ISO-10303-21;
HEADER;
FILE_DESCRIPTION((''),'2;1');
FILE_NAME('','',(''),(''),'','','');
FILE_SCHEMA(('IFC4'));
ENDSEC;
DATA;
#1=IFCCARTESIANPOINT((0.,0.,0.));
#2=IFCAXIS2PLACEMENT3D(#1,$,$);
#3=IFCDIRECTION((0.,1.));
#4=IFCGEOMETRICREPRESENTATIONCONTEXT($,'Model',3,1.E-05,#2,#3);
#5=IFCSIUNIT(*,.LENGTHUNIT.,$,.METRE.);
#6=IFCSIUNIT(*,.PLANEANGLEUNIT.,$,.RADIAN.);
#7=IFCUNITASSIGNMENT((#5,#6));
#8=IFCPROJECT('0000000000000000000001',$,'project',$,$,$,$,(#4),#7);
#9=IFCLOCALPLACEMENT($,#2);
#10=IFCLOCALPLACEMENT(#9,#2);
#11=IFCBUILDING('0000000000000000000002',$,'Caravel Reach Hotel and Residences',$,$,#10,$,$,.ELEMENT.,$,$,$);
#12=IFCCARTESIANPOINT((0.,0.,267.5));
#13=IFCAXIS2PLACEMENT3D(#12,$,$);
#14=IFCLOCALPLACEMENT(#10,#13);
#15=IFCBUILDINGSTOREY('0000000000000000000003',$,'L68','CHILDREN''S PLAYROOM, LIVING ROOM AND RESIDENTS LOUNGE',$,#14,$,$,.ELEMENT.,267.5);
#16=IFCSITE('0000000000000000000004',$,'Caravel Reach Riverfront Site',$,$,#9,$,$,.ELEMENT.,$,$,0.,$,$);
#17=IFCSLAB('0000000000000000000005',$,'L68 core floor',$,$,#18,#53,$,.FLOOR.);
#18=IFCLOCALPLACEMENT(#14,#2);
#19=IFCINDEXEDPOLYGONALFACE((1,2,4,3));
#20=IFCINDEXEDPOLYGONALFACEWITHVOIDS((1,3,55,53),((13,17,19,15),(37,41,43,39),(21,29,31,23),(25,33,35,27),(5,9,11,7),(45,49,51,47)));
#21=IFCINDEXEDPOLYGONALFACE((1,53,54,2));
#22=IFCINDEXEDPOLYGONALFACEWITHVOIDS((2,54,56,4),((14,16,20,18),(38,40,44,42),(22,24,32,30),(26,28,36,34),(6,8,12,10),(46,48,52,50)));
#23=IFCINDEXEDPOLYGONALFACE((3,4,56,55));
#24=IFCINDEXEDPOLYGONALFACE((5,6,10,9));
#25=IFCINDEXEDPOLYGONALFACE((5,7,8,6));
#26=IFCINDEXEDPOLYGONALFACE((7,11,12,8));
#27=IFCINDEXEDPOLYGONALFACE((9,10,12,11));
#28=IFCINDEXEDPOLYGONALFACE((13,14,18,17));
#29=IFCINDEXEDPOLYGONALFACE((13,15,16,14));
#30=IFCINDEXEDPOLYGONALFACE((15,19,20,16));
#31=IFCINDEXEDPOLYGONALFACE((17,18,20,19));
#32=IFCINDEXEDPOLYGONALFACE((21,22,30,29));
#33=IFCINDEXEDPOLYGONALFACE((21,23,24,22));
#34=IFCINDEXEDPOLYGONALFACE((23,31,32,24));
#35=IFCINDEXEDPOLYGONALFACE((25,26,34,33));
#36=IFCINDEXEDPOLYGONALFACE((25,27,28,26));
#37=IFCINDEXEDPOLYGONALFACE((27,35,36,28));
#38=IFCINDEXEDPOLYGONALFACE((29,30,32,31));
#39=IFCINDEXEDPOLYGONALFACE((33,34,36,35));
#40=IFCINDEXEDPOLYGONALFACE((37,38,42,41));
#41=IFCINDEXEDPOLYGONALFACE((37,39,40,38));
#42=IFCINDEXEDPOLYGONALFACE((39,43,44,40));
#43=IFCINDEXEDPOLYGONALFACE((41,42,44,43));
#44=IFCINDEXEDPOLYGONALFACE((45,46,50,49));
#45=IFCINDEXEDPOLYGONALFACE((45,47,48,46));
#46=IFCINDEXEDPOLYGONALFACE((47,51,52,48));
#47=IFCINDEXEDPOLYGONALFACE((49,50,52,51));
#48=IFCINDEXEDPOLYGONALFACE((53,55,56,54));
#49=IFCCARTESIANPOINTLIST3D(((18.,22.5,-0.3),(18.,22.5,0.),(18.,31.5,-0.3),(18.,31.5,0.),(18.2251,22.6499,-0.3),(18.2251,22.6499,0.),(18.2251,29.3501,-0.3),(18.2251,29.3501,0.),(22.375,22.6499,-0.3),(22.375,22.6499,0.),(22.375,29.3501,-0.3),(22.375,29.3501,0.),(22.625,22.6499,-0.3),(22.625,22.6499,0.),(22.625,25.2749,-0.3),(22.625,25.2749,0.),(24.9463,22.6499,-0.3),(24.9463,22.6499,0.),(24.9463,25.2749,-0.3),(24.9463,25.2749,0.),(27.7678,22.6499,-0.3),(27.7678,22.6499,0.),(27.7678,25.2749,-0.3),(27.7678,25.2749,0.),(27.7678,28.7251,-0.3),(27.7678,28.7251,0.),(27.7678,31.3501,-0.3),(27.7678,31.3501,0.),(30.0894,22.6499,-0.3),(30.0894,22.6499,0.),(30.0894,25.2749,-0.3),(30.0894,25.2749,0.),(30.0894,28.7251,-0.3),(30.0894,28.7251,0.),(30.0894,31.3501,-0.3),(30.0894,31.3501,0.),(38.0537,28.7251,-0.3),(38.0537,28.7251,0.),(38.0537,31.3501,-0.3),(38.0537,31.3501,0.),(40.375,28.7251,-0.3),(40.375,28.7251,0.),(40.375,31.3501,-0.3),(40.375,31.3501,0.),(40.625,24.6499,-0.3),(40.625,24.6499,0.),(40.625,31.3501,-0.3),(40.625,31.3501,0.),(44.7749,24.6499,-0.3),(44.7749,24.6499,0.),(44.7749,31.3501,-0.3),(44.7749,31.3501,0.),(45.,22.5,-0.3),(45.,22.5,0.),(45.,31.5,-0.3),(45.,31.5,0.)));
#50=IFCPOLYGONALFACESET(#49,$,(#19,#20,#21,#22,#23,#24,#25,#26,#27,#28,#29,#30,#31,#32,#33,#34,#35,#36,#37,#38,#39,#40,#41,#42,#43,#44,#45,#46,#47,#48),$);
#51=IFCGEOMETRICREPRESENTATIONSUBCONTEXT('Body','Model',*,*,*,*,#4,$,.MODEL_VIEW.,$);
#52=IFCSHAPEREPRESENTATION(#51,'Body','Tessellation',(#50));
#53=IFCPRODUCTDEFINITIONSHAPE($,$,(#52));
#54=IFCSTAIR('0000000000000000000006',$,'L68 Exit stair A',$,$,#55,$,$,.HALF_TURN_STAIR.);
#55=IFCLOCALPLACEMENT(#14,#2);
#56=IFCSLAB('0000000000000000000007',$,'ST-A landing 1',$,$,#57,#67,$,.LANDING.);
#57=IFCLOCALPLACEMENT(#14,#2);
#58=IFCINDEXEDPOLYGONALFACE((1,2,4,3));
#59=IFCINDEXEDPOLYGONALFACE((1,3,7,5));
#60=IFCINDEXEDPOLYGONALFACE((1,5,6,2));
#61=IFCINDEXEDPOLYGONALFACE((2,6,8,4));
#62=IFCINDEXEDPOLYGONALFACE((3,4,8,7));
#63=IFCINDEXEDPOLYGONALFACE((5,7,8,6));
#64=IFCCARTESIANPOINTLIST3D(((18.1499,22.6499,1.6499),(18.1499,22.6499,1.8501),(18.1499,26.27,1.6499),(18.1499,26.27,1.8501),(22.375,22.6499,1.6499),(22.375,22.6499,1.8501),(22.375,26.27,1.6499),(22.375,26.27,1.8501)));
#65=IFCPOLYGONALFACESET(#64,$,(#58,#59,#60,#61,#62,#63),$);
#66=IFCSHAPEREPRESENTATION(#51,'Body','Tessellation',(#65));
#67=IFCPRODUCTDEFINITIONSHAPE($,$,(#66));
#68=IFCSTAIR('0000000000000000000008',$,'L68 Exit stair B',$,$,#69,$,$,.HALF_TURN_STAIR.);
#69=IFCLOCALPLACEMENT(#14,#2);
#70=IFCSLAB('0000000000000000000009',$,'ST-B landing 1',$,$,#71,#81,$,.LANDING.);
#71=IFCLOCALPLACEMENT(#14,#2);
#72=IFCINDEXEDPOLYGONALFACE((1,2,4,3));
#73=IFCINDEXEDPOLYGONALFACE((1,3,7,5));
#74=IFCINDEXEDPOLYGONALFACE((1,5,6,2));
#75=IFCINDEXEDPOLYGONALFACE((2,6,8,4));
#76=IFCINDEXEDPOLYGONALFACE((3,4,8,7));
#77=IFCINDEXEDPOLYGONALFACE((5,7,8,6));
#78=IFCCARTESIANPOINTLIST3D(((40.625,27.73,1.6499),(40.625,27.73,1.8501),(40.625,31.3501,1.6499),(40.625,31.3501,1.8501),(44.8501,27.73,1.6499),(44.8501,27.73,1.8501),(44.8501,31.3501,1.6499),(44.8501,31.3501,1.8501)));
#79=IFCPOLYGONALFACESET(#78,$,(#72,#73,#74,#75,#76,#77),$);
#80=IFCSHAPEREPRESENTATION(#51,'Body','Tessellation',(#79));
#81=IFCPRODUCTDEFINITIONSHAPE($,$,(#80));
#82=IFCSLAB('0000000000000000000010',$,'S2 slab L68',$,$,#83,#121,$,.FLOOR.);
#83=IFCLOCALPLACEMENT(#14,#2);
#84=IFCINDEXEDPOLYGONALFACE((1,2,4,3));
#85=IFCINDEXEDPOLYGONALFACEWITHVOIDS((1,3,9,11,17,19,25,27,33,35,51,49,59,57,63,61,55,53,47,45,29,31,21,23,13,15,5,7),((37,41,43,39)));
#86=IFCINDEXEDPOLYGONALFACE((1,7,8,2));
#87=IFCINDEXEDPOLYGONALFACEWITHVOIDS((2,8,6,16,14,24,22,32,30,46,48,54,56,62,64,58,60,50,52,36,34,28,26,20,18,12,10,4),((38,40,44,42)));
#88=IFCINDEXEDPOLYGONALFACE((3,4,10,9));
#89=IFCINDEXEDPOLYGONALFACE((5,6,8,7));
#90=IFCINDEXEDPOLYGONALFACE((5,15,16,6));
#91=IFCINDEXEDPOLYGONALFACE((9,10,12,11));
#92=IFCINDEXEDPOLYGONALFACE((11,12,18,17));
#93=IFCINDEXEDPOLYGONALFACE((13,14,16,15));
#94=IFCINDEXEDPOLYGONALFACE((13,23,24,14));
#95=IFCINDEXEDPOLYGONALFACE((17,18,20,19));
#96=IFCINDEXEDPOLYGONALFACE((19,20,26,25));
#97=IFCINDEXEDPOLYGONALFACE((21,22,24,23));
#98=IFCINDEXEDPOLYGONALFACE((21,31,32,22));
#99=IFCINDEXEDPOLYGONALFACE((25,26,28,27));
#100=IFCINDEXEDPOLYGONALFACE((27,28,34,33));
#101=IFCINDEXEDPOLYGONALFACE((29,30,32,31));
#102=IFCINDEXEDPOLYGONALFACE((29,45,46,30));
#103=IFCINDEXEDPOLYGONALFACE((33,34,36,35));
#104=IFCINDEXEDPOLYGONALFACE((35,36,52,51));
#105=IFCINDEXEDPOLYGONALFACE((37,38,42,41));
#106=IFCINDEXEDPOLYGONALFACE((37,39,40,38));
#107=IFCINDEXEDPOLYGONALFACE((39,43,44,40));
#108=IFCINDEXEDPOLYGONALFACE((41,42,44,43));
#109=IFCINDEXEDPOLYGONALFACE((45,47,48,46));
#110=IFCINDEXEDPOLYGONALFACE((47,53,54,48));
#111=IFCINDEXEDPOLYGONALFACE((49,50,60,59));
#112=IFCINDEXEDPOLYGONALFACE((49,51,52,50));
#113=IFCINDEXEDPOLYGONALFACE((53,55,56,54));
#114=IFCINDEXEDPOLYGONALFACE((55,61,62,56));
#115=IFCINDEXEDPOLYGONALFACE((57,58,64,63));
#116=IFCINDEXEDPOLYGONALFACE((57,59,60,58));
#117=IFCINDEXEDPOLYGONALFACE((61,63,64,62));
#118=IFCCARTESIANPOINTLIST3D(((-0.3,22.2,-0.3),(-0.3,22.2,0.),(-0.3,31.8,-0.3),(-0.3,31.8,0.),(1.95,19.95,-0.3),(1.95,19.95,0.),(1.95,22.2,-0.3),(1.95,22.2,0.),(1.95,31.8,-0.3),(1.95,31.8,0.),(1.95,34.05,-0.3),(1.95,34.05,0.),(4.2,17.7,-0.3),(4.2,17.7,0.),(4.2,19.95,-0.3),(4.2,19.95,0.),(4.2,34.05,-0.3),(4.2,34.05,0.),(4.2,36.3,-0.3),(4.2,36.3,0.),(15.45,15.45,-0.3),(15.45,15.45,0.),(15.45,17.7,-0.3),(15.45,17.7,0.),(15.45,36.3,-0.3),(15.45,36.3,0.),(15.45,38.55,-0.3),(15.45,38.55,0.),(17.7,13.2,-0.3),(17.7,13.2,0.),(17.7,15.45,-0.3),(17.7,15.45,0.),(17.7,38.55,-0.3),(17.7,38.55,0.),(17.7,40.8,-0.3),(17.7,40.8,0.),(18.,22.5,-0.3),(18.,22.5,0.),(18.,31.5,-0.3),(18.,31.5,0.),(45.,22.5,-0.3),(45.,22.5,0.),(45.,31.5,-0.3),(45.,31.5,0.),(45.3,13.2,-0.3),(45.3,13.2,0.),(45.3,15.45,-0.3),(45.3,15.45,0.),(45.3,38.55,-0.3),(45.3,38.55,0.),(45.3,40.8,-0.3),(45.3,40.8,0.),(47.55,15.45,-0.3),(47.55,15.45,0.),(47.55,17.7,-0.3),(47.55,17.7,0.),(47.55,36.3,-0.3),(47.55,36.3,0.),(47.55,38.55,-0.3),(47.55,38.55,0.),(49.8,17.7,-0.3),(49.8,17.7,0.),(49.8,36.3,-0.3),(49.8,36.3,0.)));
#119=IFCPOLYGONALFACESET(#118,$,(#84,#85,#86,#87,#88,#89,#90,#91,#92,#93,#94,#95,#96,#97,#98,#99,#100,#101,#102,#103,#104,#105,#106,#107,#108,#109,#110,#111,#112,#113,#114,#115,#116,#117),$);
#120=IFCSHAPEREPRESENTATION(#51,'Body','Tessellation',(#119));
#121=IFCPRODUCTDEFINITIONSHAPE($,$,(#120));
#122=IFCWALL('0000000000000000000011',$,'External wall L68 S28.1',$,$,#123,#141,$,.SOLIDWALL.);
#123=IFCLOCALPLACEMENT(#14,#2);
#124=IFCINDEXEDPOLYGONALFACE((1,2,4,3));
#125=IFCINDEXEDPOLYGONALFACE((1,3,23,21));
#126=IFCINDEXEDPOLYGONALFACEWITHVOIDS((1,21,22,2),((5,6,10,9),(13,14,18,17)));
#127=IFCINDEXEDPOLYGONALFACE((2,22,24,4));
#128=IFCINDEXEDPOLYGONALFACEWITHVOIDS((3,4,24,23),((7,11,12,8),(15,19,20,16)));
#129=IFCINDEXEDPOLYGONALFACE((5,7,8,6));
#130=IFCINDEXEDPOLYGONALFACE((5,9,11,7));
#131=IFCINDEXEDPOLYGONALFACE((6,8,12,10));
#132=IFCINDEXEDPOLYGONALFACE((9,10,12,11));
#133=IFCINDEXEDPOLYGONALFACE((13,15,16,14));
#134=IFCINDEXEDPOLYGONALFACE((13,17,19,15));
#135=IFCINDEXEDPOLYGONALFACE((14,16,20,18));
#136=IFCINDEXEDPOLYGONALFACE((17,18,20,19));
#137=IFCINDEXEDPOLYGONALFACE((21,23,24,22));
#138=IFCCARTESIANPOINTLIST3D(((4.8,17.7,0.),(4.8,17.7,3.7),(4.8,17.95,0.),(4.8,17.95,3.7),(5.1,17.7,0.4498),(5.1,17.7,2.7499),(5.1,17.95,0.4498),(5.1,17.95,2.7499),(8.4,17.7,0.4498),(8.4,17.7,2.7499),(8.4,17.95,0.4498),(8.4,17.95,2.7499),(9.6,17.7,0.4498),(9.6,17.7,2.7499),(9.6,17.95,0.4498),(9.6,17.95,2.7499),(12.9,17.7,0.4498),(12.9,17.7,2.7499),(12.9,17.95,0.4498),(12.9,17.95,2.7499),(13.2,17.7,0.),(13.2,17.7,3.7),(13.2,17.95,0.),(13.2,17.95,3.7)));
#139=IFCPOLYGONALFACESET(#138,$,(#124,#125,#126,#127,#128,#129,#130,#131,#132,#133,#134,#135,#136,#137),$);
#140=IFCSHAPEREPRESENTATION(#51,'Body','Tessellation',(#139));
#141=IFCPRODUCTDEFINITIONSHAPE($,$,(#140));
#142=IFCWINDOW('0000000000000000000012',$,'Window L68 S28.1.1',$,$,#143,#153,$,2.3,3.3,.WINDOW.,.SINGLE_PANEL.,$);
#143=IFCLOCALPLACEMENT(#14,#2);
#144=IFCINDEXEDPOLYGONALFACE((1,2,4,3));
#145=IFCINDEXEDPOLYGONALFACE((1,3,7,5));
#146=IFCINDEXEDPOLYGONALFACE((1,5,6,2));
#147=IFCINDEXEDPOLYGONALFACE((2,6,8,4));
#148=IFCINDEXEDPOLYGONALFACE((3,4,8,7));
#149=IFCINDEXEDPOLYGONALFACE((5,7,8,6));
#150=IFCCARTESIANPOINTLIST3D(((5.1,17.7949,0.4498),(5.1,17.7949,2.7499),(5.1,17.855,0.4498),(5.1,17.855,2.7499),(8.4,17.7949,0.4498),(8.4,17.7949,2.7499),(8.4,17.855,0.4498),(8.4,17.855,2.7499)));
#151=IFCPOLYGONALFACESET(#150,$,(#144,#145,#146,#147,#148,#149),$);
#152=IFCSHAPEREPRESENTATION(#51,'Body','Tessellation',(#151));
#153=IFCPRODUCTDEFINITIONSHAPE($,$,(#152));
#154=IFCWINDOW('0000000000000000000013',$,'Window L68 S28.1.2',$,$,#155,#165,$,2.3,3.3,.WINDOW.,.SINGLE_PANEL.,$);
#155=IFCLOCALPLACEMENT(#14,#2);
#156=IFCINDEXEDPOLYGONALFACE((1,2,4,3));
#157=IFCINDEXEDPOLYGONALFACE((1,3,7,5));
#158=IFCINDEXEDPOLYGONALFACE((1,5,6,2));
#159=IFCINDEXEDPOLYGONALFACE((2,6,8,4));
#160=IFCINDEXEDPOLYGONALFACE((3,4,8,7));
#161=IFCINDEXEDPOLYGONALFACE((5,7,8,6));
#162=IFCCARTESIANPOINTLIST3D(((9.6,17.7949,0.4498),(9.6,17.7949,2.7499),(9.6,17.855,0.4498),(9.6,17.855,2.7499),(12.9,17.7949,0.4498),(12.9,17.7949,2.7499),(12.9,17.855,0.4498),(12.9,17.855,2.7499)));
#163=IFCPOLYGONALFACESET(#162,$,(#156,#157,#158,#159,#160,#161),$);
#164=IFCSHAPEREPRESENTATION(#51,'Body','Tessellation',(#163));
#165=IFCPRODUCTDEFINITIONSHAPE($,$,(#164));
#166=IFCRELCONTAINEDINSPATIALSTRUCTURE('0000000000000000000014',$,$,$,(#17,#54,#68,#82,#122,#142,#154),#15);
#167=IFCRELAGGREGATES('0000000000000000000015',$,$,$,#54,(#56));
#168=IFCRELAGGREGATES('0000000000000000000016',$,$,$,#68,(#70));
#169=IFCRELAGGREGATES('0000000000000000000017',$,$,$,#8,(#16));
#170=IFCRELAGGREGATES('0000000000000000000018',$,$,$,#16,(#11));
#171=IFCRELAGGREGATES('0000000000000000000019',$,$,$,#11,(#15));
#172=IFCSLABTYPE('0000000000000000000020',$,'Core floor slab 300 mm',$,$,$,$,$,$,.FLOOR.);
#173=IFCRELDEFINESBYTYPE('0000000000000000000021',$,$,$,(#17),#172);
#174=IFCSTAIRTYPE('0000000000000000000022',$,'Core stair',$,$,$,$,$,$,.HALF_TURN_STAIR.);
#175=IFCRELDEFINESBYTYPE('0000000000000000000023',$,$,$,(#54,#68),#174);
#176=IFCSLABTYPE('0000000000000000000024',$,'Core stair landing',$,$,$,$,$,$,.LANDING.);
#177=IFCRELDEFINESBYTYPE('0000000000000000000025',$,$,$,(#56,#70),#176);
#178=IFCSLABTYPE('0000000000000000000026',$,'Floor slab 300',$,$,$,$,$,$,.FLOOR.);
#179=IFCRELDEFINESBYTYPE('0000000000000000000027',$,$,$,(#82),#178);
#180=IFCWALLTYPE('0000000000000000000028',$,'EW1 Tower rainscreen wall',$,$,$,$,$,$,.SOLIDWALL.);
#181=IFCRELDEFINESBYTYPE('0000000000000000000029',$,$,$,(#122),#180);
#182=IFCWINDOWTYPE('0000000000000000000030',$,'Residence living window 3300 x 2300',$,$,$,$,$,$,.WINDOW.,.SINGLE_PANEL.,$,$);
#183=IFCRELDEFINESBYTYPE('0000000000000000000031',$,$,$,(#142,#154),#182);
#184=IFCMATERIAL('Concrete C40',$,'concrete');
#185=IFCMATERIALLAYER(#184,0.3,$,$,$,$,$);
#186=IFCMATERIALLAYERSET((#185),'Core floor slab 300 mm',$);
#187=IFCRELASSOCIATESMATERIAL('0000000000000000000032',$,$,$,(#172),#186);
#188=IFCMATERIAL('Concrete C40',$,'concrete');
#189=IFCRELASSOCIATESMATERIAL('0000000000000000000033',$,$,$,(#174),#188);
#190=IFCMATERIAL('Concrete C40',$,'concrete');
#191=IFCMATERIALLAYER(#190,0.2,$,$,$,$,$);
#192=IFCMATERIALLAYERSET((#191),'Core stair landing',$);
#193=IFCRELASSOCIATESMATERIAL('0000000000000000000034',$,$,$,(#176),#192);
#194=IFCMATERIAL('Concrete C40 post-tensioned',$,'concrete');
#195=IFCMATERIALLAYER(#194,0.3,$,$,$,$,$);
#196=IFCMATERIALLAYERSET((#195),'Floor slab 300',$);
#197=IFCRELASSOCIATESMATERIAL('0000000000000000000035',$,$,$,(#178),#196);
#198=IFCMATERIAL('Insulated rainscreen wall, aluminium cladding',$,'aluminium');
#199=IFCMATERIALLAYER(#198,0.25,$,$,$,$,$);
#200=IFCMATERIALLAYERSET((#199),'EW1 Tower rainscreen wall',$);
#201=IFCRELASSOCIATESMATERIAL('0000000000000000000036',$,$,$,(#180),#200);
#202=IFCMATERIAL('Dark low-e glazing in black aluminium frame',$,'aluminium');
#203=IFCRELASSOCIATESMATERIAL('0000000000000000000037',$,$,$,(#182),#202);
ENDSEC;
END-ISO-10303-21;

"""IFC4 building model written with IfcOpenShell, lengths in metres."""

from ifc_helpers import new_model, si_unit, direction, frame, frame_2d, origin, place, context, subcontext, project, spatial, polyline, rectangle, outline, extrude, material, layer, layer_set, type_object, element, fill, aggregate, save


model = new_model("IFC4")

# Units and contexts
model_context = context("Model", 3, precision=1e-05, world=origin(), true_north=direction((0.0, 1.0)))
body_context = subcontext(model_context, "Body", "Model", "MODEL_VIEW")
ifc_project = project(units=[si_unit("LENGTHUNIT", "METRE"), si_unit("PLANEANGLEUNIT", "RADIAN")], contexts=[model_context])

# Site, building, storey
site_placement = place(None, origin())
site = spatial("IfcSite", under=ifc_project, at=site_placement, Name="Caravel Reach Riverfront Site", CompositionType="ELEMENT", RefElevation=0.0)
building_placement = place(site_placement, origin())
building = spatial("IfcBuilding", under=site, at=building_placement, Name="Caravel Reach Hotel and Residences", CompositionType="ELEMENT")
storey_placement = place(building_placement, frame((0.0, 0.0, 267.5)))
storey = spatial("IfcBuildingStorey", under=building, at=storey_placement, Name="L68", Description="CHILDREN'S PLAYROOM, LIVING ROOM AND RESIDENTS LOUNGE", CompositionType="ELEMENT", Elevation=267.5)

# Slab
ifc_material_1 = material(Name="Concrete C40", Category="concrete")
ifc_layer_1 = layer(ifc_material_1, 0.3)
ifc_layer_set_1 = layer_set([ifc_layer_1], Name="Core floor slab 300 mm")
slab_type_1 = type_object("IfcSlabType", Name="Core floor slab 300 mm", PredefinedType="FLOOR", material=ifc_layer_set_1)
slab_1_placement = place(storey_placement, frame((0.0, 0.0, -0.3)))
element("IfcSlab", 1, at=slab_1_placement, inside=storey, type_object=slab_type_1, Name="L68 core floor", PredefinedType="FLOOR", context=body_context, shape_type="SweptSolid", body=[
    extrude(outline(polyline([(18.0, 31.5), (45.0, 31.5), (45.0, 22.5), (18.0, 22.5), (18.0, 31.5)]), holes=[polyline([(22.625, 22.6499), (24.9463, 22.6499), (24.9463, 25.2749), (22.625, 25.2749), (22.625, 22.6499)]), polyline([(27.7678, 25.2749), (27.7678, 22.6499), (30.0894, 22.6499), (30.0894, 25.2749), (27.7678, 25.2749)]), polyline([(22.375, 22.6499), (22.375, 29.3501), (18.2251, 29.3501), (18.2251, 22.6499), (22.375, 22.6499)]), polyline([(40.625, 24.6499), (44.7749, 24.6499), (44.7749, 31.3501), (40.625, 31.3501), (40.625, 24.6499)]), polyline([(27.7678, 31.3501), (27.7678, 28.7251), (30.0894, 28.7251), (30.0894, 31.3501), (27.7678, 31.3501)]), polyline([(38.0537, 31.3501), (38.0537, 28.7251), (40.375, 28.7251), (40.375, 31.3501), (38.0537, 31.3501)])]), origin(), (0.0, 0.0, 1.0), 0.3),
])

# Stairs, slabs
ifc_material_2 = material(Name="Concrete C40", Category="concrete")
stair_type = type_object("IfcStairType", Name="Core stair", PredefinedType="HALF_TURN_STAIR", material=ifc_material_2)
stair_1_placement = place(storey_placement, origin())
stair_1 = element("IfcStair", 2, at=stair_1_placement, inside=storey, type_object=stair_type, Name="L68 Exit stair A", PredefinedType="HALF_TURN_STAIR")
ifc_material_3 = material(Name="Concrete C40", Category="concrete")
ifc_layer_2 = layer(ifc_material_3, 0.2)
ifc_layer_set_2 = layer_set([ifc_layer_2], Name="Core stair landing")
slab_type_2 = type_object("IfcSlabType", Name="Core stair landing", PredefinedType="LANDING", material=ifc_layer_set_2)
slab_2_placement = place(storey_placement, frame((0.0, 0.0, 1.6499)))
slab_2 = element("IfcSlab", 3, at=slab_2_placement, type_object=slab_type_2, Name="ST-A landing 1", PredefinedType="LANDING", context=body_context, shape_type="SweptSolid", body=[
    extrude(outline(polyline([(18.1499, 26.27), (18.1499, 22.6499), (22.375, 22.6499), (22.375, 26.27), (18.1499, 26.27)])), origin(), (0.0, 0.0, 1.0), 0.2002),
])
aggregate(stair_1, [slab_2])
stair_2_placement = place(storey_placement, origin())
stair_2 = element("IfcStair", 4, at=stair_2_placement, inside=storey, type_object=stair_type, Name="L68 Exit stair B", PredefinedType="HALF_TURN_STAIR")
slab_3_placement = place(storey_placement, frame((0.0, 0.0, 1.6499)))
slab_3 = element("IfcSlab", 5, at=slab_3_placement, type_object=slab_type_2, Name="ST-B landing 1", PredefinedType="LANDING", context=body_context, shape_type="SweptSolid", body=[
    extrude(outline(polyline([(44.8501, 27.73), (44.8501, 31.3501), (40.625, 31.3501), (40.625, 27.73), (44.8501, 27.73)])), origin(), (0.0, 0.0, 1.0), 0.2002),
])
aggregate(stair_2, [slab_3])

# Slab
ifc_material_4 = material(Name="Concrete C40 post-tensioned", Category="concrete")
ifc_layer_3 = layer(ifc_material_4, 0.3)
ifc_layer_set_3 = layer_set([ifc_layer_3], Name="Floor slab 300")
slab_type_3 = type_object("IfcSlabType", Name="Floor slab 300", PredefinedType="FLOOR", material=ifc_layer_set_3)
slab_4_placement = place(storey_placement, frame((0.0, 0.0, -0.3)))
element("IfcSlab", 6, at=slab_4_placement, inside=storey, type_object=slab_type_3, Name="S2 slab L68", PredefinedType="FLOOR", context=body_context, shape_type="SweptSolid", body=[
    extrude(outline(polyline([(4.2, 19.95), (1.95, 19.95), (1.95, 22.2), (-0.3, 22.2), (-0.3, 31.8), (1.95, 31.8), (1.95, 34.05), (4.2, 34.05), (4.2, 36.3), (15.45, 36.3), (15.45, 38.55), (17.7, 38.55), (17.7, 40.8), (45.3, 40.8), (45.3, 38.55), (47.55, 38.55), (47.55, 36.3), (49.8, 36.3), (49.8, 17.7), (47.55, 17.7), (47.55, 15.45), (45.3, 15.45), (45.3, 13.2), (17.7, 13.2), (17.7, 15.45), (15.45, 15.45), (15.45, 17.7), (4.2, 17.7), (4.2, 19.95)]), holes=[polyline([(45.0, 31.5), (18.0, 31.5), (18.0, 22.5), (45.0, 22.5), (45.0, 31.5)])]), origin(), (0.0, 0.0, 1.0), 0.3),
])

# Wall, openings, windows
ifc_material_5 = material(Name="Insulated rainscreen wall, aluminium cladding", Category="aluminium")
ifc_layer_4 = layer(ifc_material_5, 0.25)
ifc_layer_set_4 = layer_set([ifc_layer_4], Name="EW1 Tower rainscreen wall")
wall_type_1 = type_object("IfcWallType", Name="EW1 Tower rainscreen wall", PredefinedType="SOLIDWALL", material=ifc_layer_set_4)
wall_1_placement = place(storey_placement, frame((4.8, 17.825, 0.0), z_axis=(0.0, 0.0, 1.0), x_axis=(1.0, 0.0, 0.0)))
wall_1 = element("IfcWall", 7, at=wall_1_placement, inside=storey, type_object=wall_type_1, Name="External wall L68 S28.1", PredefinedType="SOLIDWALL", context=body_context, shape_type="SweptSolid", body=[
    extrude(rectangle(XDim=8.3999, YDim=0.25, at=frame_2d((4.2, 0.0))), origin(), (0.0, 0.0, 1.0), 3.7),
])
opening_1_placement = place(wall_1_placement, frame((0.3, 0.0, 0.45)))
opening_1 = element("IfcOpeningElement", 8, at=opening_1_placement, cuts=wall_1, PredefinedType="OPENING", context=body_context, shape_type="SweptSolid", body=[
    extrude(rectangle(XDim=3.3, YDim=2.3, at=frame_2d((1.6499, 1.1499))), frame((0.0, 0.135, 0.0), z_axis=(0.0, -1.0, 0.0), x_axis=(1.0, 0.0, 0.0)), (0.0, 0.0, 1.0), 0.27),
])
opening_2_placement = place(wall_1_placement, frame((4.8, 0.0, 0.45)))
opening_2 = element("IfcOpeningElement", 9, at=opening_2_placement, cuts=wall_1, PredefinedType="OPENING", context=body_context, shape_type="SweptSolid", body=[
    extrude(rectangle(XDim=3.3, YDim=2.3, at=frame_2d((1.6499, 1.1499))), frame((0.0, 0.135, 0.0), z_axis=(0.0, -1.0, 0.0), x_axis=(1.0, 0.0, 0.0)), (0.0, 0.0, 1.0), 0.27),
])
ifc_material_6 = material(Name="Dark low-e glazing in black aluminium frame", Category="aluminium")
window_type = type_object("IfcWindowType", Name="Residence living window 3300 x 2300", PartitioningType="SINGLE_PANEL", PredefinedType="WINDOW", material=ifc_material_6)
window_1_placement = place(opening_1_placement, origin())
window_1 = element("IfcWindow", 10, at=window_1_placement, inside=storey, type_object=window_type, Name="Window L68 S28.1.1", OverallHeight=2.3, OverallWidth=3.3, PartitioningType="SINGLE_PANEL", PredefinedType="WINDOW", context=body_context, shape_type="SweptSolid", body=[
    extrude(rectangle(XDim=3.3, YDim=2.3, at=frame_2d((1.6499, 1.1499))), frame((0.0, 0.03, 0.0), z_axis=(0.0, -1.0, 0.0), x_axis=(1.0, 0.0, 0.0)), (0.0, 0.0, 1.0), 0.0601),
])
fill(opening_1, window_1)
window_2_placement = place(opening_2_placement, origin())
window_2 = element("IfcWindow", 11, at=window_2_placement, inside=storey, type_object=window_type, Name="Window L68 S28.1.2", OverallHeight=2.3, OverallWidth=3.3, PartitioningType="SINGLE_PANEL", PredefinedType="WINDOW", context=body_context, shape_type="SweptSolid", body=[
    extrude(rectangle(XDim=3.3, YDim=2.3, at=frame_2d((1.6499, 1.1499))), frame((0.0, 0.03, 0.0), z_axis=(0.0, -1.0, 0.0), x_axis=(1.0, 0.0, 0.0)), (0.0, 0.0, 1.0), 0.0601),
])
fill(opening_2, window_2)

save(model, "model.ifc")
